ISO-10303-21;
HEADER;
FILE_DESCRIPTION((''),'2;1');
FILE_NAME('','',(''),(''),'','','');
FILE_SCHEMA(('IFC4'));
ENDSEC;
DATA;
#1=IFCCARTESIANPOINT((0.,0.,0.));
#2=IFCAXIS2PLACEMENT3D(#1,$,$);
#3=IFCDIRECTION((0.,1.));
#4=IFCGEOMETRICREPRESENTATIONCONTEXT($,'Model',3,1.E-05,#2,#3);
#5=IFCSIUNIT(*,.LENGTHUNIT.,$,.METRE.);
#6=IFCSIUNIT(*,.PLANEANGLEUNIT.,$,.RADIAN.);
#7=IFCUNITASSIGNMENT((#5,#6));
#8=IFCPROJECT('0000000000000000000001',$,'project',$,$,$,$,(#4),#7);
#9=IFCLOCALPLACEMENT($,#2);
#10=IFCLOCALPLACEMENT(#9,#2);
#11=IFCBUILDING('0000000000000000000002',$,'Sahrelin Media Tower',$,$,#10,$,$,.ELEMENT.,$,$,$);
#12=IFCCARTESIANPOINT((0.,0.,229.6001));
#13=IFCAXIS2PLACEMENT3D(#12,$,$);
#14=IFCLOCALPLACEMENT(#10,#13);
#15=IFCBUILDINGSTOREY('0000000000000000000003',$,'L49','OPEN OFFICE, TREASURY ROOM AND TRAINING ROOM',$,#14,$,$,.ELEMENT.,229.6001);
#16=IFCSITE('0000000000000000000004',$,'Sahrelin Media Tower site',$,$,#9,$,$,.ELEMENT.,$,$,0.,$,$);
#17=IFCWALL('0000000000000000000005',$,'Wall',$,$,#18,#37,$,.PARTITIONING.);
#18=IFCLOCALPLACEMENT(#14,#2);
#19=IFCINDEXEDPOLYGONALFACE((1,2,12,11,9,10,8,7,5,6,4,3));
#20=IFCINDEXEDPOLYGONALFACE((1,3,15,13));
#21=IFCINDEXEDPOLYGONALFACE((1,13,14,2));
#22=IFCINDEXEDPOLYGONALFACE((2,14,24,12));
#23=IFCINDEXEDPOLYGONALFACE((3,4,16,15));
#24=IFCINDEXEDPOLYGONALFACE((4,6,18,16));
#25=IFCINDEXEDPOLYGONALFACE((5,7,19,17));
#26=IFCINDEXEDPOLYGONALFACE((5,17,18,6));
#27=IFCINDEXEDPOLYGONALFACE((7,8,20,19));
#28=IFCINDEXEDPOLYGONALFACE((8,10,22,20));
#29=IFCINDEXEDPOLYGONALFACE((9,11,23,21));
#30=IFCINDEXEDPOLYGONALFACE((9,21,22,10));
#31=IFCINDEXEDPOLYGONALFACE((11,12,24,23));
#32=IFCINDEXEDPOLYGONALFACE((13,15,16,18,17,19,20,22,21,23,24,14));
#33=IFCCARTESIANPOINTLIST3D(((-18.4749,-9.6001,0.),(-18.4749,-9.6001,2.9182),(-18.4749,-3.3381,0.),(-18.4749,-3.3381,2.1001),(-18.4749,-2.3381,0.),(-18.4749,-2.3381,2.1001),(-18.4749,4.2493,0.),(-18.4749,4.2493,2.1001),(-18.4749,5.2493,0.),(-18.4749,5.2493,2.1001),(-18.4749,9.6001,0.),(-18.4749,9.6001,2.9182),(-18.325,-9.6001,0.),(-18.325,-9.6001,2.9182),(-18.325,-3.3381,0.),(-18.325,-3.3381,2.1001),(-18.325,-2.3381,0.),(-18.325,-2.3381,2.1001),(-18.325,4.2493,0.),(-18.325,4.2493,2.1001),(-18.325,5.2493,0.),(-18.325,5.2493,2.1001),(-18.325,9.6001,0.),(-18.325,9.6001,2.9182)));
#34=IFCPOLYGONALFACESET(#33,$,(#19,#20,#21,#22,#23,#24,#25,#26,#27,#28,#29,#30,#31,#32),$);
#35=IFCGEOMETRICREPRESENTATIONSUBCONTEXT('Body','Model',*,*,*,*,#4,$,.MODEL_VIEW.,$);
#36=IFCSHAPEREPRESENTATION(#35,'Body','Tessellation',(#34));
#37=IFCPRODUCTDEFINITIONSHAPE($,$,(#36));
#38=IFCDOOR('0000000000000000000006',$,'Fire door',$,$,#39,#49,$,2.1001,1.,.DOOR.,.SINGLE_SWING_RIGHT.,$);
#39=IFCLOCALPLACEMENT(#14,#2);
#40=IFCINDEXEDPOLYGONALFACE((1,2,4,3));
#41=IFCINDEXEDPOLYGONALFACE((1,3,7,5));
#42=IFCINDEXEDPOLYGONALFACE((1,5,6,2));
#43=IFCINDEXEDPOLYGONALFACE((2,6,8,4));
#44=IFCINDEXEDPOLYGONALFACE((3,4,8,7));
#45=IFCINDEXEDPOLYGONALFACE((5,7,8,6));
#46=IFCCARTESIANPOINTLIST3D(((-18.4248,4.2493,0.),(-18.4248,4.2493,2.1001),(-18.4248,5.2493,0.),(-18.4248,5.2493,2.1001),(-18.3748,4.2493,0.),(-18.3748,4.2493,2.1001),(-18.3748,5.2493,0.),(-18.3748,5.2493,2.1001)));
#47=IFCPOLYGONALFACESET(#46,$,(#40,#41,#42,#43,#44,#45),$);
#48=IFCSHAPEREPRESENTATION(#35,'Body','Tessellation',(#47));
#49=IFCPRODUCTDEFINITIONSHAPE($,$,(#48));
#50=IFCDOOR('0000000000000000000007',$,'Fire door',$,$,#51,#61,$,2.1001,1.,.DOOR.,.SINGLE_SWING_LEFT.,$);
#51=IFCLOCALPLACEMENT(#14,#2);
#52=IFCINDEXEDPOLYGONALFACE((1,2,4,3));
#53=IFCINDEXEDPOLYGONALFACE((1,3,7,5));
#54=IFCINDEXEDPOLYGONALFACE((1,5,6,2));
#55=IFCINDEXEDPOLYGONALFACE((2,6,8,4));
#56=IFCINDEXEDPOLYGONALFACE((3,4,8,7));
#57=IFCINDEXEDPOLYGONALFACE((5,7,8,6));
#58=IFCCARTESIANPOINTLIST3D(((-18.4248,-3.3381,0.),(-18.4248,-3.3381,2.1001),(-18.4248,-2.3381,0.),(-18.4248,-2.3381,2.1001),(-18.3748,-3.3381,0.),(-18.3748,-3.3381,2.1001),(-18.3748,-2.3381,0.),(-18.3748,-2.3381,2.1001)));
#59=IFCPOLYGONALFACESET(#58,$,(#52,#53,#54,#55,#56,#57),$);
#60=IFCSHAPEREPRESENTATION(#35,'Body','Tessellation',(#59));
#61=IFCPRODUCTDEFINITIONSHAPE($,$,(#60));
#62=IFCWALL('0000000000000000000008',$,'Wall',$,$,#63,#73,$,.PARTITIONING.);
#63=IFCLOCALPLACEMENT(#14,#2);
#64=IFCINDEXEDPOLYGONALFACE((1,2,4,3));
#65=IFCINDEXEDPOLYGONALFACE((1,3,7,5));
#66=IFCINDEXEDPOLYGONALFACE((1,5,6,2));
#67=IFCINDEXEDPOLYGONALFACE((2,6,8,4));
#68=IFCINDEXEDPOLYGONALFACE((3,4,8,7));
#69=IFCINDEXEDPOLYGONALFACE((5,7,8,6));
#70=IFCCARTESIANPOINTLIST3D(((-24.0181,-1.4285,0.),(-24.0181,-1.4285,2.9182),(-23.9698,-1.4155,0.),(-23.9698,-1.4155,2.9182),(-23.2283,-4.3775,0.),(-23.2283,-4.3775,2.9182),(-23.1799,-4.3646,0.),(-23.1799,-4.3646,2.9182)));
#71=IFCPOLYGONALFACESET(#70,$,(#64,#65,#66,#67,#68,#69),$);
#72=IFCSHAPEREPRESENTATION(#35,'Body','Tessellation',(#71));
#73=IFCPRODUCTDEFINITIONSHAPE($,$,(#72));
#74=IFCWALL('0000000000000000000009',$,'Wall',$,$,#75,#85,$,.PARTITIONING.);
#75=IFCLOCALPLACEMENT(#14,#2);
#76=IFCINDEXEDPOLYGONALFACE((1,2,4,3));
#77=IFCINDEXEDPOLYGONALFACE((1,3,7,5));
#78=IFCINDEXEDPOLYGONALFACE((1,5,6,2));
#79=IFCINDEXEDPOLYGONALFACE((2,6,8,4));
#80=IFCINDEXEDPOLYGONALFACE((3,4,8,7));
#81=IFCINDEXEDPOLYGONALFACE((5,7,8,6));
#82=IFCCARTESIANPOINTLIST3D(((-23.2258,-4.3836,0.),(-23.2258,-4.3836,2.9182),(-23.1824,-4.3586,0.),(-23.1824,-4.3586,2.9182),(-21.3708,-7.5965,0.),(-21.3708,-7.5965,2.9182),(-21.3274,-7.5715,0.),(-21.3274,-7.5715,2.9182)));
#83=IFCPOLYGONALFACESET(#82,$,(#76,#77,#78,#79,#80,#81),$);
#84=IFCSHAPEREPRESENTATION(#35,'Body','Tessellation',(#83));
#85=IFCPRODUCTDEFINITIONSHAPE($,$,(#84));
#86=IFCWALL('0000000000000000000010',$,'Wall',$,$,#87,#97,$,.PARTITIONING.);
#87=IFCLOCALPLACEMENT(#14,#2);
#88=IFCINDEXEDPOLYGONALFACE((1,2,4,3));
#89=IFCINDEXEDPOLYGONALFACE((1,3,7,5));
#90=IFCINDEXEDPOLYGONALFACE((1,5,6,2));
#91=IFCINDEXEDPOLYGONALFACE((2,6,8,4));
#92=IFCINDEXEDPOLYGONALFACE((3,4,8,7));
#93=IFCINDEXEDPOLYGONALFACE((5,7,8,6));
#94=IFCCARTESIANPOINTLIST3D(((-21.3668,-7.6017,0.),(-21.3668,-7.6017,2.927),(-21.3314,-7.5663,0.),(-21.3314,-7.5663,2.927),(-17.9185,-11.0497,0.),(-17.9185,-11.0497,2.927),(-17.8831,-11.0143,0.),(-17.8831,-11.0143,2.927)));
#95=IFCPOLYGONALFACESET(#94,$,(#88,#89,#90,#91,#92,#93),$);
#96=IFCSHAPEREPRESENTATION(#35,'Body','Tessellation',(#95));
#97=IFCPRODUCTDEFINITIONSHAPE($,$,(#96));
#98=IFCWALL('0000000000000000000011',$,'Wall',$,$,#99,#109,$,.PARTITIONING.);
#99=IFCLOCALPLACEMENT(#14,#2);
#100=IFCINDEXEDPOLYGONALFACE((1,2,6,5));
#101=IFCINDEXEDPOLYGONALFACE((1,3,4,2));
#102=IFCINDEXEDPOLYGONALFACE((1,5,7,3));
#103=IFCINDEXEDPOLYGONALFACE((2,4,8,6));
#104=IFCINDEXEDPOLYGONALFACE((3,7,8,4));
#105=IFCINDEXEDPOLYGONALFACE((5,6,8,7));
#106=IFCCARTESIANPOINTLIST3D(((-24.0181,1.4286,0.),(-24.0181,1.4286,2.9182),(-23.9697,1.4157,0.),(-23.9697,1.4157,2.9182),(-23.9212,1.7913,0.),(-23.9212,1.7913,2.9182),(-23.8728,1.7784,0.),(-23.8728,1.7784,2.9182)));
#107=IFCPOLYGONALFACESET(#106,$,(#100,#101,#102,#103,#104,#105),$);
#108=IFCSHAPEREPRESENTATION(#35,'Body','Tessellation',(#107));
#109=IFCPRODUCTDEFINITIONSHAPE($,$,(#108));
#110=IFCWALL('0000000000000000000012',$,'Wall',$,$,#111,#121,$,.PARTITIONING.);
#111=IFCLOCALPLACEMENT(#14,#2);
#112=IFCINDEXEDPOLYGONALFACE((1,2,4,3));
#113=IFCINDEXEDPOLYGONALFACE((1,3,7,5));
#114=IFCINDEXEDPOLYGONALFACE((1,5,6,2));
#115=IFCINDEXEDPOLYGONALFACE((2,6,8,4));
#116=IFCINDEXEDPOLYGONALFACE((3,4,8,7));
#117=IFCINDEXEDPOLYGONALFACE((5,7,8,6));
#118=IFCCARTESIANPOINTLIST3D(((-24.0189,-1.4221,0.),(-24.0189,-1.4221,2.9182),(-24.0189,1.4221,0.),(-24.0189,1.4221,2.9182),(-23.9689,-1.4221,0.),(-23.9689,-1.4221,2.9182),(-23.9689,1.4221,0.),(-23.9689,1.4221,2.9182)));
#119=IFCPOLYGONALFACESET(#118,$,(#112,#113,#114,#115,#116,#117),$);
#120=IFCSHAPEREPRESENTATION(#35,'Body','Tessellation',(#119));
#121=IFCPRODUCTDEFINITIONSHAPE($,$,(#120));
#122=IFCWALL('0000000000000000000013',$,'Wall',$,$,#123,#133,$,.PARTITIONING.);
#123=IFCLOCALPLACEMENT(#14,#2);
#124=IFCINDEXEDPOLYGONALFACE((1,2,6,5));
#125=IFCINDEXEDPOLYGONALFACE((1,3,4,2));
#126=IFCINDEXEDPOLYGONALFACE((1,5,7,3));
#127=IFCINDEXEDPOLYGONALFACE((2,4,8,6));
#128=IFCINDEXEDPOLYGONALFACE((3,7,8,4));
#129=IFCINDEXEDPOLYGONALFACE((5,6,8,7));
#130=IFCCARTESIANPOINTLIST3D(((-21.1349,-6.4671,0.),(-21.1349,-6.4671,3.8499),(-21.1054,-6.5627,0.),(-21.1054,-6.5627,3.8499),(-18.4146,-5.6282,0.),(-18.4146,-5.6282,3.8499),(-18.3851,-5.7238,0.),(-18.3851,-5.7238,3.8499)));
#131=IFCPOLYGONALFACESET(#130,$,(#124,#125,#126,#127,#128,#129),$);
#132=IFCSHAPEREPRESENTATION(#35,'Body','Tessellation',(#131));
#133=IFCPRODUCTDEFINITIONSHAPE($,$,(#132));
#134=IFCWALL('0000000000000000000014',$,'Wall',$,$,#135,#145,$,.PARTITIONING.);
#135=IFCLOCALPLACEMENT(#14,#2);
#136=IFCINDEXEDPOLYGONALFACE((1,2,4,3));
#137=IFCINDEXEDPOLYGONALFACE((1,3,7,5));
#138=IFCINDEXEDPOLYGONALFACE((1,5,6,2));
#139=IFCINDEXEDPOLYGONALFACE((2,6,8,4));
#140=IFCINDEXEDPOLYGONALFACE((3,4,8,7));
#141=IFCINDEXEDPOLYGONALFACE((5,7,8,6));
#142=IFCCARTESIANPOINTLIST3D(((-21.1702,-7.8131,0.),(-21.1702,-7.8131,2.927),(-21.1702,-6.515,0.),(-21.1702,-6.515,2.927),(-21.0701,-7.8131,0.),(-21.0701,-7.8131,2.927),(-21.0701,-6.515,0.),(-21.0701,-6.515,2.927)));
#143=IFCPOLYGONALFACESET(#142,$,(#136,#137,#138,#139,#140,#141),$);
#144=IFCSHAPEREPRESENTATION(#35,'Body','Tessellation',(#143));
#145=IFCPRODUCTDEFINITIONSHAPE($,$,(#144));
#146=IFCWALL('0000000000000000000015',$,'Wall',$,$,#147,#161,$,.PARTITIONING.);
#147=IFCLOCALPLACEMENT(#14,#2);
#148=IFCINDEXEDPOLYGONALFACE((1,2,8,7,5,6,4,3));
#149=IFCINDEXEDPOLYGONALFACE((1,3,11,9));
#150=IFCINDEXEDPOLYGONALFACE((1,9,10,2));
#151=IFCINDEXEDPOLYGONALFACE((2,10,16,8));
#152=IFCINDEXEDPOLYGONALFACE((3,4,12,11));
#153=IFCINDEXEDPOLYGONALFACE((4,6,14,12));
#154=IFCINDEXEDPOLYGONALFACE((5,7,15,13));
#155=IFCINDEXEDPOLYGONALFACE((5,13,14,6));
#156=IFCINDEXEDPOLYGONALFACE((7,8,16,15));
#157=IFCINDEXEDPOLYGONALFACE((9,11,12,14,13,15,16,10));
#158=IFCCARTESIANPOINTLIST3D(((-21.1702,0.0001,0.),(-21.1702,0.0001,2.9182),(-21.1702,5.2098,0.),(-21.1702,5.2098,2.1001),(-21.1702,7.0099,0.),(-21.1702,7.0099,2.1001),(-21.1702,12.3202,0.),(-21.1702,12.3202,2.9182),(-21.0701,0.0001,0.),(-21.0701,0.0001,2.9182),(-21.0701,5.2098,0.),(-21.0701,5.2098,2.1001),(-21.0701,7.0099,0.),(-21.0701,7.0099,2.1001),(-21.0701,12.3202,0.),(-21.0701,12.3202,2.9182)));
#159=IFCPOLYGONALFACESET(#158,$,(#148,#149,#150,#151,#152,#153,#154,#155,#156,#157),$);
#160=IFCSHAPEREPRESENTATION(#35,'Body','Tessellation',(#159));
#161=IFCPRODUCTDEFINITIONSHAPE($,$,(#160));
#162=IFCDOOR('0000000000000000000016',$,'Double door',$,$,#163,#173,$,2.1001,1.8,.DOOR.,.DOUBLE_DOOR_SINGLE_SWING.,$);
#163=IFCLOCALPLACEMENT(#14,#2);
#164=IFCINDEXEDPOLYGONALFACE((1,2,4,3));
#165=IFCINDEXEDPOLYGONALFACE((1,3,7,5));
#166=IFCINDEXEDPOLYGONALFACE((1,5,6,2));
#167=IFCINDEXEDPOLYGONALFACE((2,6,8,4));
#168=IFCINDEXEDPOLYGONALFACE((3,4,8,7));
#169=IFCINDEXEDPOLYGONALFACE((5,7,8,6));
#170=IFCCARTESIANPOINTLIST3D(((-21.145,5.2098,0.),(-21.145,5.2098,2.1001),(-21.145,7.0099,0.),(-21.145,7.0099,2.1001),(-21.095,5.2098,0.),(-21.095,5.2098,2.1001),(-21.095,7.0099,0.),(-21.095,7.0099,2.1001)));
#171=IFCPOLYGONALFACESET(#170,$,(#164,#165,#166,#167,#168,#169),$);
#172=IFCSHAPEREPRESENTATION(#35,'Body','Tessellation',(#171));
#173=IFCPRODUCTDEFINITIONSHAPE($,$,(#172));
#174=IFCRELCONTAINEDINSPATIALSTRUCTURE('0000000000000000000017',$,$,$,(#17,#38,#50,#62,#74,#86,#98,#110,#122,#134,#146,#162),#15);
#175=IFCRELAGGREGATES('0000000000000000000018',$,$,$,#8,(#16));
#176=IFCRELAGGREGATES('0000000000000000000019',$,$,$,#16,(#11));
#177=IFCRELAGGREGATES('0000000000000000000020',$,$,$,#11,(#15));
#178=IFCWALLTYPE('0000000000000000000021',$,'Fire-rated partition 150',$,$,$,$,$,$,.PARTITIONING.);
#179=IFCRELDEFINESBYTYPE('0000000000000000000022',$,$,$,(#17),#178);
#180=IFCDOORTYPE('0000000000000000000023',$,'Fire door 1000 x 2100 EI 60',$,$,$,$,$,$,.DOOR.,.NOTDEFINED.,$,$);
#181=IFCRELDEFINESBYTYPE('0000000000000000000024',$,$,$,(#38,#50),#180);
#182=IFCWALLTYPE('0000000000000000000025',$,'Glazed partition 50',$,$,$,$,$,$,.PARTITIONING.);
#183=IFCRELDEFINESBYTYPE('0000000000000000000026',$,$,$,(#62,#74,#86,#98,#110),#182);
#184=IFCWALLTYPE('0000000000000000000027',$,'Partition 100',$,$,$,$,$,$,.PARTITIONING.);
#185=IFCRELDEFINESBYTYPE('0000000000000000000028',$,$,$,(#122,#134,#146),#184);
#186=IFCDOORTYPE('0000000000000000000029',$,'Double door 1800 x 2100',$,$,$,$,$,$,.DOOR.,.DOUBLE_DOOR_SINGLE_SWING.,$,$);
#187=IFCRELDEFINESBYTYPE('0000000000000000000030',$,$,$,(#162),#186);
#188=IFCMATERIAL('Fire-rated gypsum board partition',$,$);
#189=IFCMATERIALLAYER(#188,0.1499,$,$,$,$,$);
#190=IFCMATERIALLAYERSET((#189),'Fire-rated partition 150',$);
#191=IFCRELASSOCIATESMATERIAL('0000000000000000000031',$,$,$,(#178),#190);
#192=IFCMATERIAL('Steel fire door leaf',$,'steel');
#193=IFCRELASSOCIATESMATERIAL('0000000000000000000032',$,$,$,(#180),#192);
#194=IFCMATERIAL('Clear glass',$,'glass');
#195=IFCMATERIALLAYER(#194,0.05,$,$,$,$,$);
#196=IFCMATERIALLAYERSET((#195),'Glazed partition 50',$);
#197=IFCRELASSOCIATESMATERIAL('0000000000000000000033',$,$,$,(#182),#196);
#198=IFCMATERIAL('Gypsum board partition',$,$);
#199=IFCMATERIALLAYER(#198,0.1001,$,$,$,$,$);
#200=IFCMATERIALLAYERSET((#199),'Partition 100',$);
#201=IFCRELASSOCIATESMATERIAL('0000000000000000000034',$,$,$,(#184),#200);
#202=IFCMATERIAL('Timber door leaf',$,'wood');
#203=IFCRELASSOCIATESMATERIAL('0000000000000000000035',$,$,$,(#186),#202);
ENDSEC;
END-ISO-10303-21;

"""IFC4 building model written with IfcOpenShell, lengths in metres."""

from ifc_helpers import new_model, si_unit, direction, frame, frame_2d, origin, place, context, subcontext, project, spatial, rectangle, extrude, material, layer, layer_set, type_object, element, fill, save


model = new_model("IFC4")

# Units and contexts
model_context = context("Model", 3, precision=1e-05, world=origin(), true_north=direction((0.0, 1.0)))
body_context = subcontext(model_context, "Body", "Model", "MODEL_VIEW")
ifc_project = project(units=[si_unit("LENGTHUNIT", "METRE"), si_unit("PLANEANGLEUNIT", "RADIAN")], contexts=[model_context])

# Site, building, storey
site_placement = place(None, origin())
site = spatial("IfcSite", under=ifc_project, at=site_placement, Name="Sahrelin Media Tower site", CompositionType="ELEMENT", RefElevation=0.0)
building_placement = place(site_placement, origin())
building = spatial("IfcBuilding", under=site, at=building_placement, Name="Sahrelin Media Tower", CompositionType="ELEMENT")
storey_placement = place(building_placement, frame((0.0, 0.0, 229.6001)))
storey = spatial("IfcBuildingStorey", under=building, at=storey_placement, Name="L49", Description="OPEN OFFICE, TREASURY ROOM AND TRAINING ROOM", CompositionType="ELEMENT", Elevation=229.6001)

# Shared definitions
ifc_material_1 = material(Name="Fire-rated gypsum board partition")
ifc_layer_1 = layer(ifc_material_1, 0.1499)
ifc_layer_set_1 = layer_set([ifc_layer_1], Name="Fire-rated partition 150")
wall_type_1 = type_object("IfcWallType", Name="Fire-rated partition 150", PredefinedType="PARTITIONING", material=ifc_layer_set_1)

# Wall, openings, doors
wall_1_placement = place(storey_placement, frame((-18.3999, -9.6001, 0.0), z_axis=(0.0, 0.0, 1.0), x_axis=(0.0, 1.0, 0.0)))
wall_1 = element("IfcWall", 1, at=wall_1_placement, inside=storey, type_object=wall_type_1, Name="Wall", PredefinedType="PARTITIONING", context=body_context, shape_type="SweptSolid", body=[
    extrude(rectangle(XDim=19.2002, YDim=0.1499, at=frame_2d((9.6001, 0.0))), origin(), (0.0, 0.0, 1.0), 2.9182),
])
opening_1_placement = place(wall_1_placement, frame((13.8494, 0.0, 0.0)))
opening_1 = element("IfcOpeningElement", 2, at=opening_1_placement, cuts=wall_1, PredefinedType="OPENING", context=body_context, shape_type="SweptSolid", body=[
    extrude(rectangle(XDim=1.0, YDim=2.1001, at=frame_2d((0.5, 1.05))), frame((0.0, 0.075, 0.0), z_axis=(0.0, -1.0, 0.0), x_axis=(1.0, 0.0, 0.0)), (0.0, 0.0, 1.0), 0.1499),
])
opening_2_placement = place(wall_1_placement, frame((6.262, 0.0, 0.0)))
opening_2 = element("IfcOpeningElement", 3, at=opening_2_placement, cuts=wall_1, PredefinedType="OPENING", context=body_context, shape_type="SweptSolid", body=[
    extrude(rectangle(XDim=1.0, YDim=2.1001, at=frame_2d((0.5, 1.05))), frame((0.0, 0.075, 0.0), z_axis=(0.0, -1.0, 0.0), x_axis=(1.0, 0.0, 0.0)), (0.0, 0.0, 1.0), 0.1499),
])
ifc_material_2 = material(Name="Steel fire door leaf", Category="steel")
door_type_1 = type_object("IfcDoorType", Name="Fire door 1000 x 2100 EI 60", OperationType="NOTDEFINED", PredefinedType="DOOR", material=ifc_material_2)
door_1_placement = place(opening_1_placement, origin())
door_1 = element("IfcDoor", 4, at=door_1_placement, inside=storey, type_object=door_type_1, Name="Fire door", OperationType="SINGLE_SWING_RIGHT", OverallHeight=2.1001, OverallWidth=1.0, PredefinedType="DOOR", context=body_context, shape_type="SweptSolid", body=[
    extrude(rectangle(XDim=1.0, YDim=2.1001, at=frame_2d((0.5, 1.05))), frame((0.0, 0.0249, 0.0), z_axis=(0.0, -1.0, 0.0), x_axis=(1.0, 0.0, 0.0)), (0.0, 0.0, 1.0), 0.05),
])
fill(opening_1, door_1)
door_2_placement = place(opening_2_placement, origin())
door_2 = element("IfcDoor", 5, at=door_2_placement, inside=storey, type_object=door_type_1, Name="Fire door", OperationType="SINGLE_SWING_LEFT", OverallHeight=2.1001, OverallWidth=1.0, PredefinedType="DOOR", context=body_context, shape_type="SweptSolid", body=[
    extrude(rectangle(XDim=1.0, YDim=2.1001, at=frame_2d((0.5, 1.05))), frame((0.0, 0.0249, 0.0), z_axis=(0.0, -1.0, 0.0), x_axis=(1.0, 0.0, 0.0)), (0.0, 0.0, 1.0), 0.05),
])
fill(opening_2, door_2)

# Walls
ifc_material_3 = material(Name="Clear glass", Category="glass")
ifc_layer_2 = layer(ifc_material_3, 0.05)
ifc_layer_set_2 = layer_set([ifc_layer_2], Name="Glazed partition 50")
wall_type_2 = type_object("IfcWallType", Name="Glazed partition 50", PredefinedType="PARTITIONING", material=ifc_layer_set_2)
wall_2_placement = place(storey_placement, frame((-23.9939, -1.4221, 0.0), z_axis=(0.0, 0.0, 1.0), x_axis=(0.258703, -0.965957, 0.0)))
element("IfcWall", 6, at=wall_2_placement, inside=storey, type_object=wall_type_2, Name="Wall", PredefinedType="PARTITIONING", context=body_context, shape_type="SweptSolid", body=[
    extrude(rectangle(XDim=3.053, YDim=0.05, at=frame_2d((1.5264, 0.0))), origin(), (0.0, 0.0, 1.0), 2.9182),
])
wall_3_placement = place(storey_placement, frame((-23.2041, -4.3711, 0.0), z_axis=(0.0, 0.0, 1.0), x_axis=(0.500003, -0.866023, 0.0)))
element("IfcWall", 7, at=wall_3_placement, inside=storey, type_object=wall_type_2, Name="Wall", PredefinedType="PARTITIONING", context=body_context, shape_type="SweptSolid", body=[
    extrude(rectangle(XDim=3.71, YDim=0.05, at=frame_2d((1.855, 0.0))), origin(), (0.0, 0.0, 1.0), 2.9182),
])
wall_4_placement = place(storey_placement, frame((-21.3491, -7.584, 0.0), z_axis=(0.0, 0.0, 1.0), x_axis=(0.707132, -0.707082, 0.0)))
element("IfcWall", 8, at=wall_4_placement, inside=storey, type_object=wall_type_2, Name="Wall", PredefinedType="PARTITIONING", context=body_context, shape_type="SweptSolid", body=[
    extrude(rectangle(XDim=4.8765, YDim=0.05, at=frame_2d((2.4382, 0.0))), origin(), (0.0, 0.0, 1.0), 2.927),
])
wall_5_placement = place(storey_placement, frame((-23.9939, 1.4221, 0.0), z_axis=(0.0, 0.0, 1.0), x_axis=(0.258108, 0.966116, 0.0)))
element("IfcWall", 9, at=wall_5_placement, inside=storey, type_object=wall_type_2, Name="Wall", PredefinedType="PARTITIONING", context=body_context, shape_type="SweptSolid", body=[
    extrude(rectangle(XDim=0.3755, YDim=0.05, at=frame_2d((0.1877, 0.0))), origin(), (0.0, 0.0, 1.0), 2.9182),
])
wall_6_placement = place(storey_placement, frame((-23.9939, -1.4221, 0.0), z_axis=(0.0, 0.0, 1.0), x_axis=(0.0, 1.0, 0.0)))
element("IfcWall", 10, at=wall_6_placement, inside=storey, type_object=wall_type_2, Name="Wall", PredefinedType="PARTITIONING", context=body_context, shape_type="SweptSolid", body=[
    extrude(rectangle(XDim=2.8442, YDim=0.05, at=frame_2d((1.4221, 0.0))), origin(), (0.0, 0.0, 1.0), 2.9182),
])
ifc_material_4 = material(Name="Gypsum board partition")
ifc_layer_3 = layer(ifc_material_4, 0.1001)
ifc_layer_set_3 = layer_set([ifc_layer_3], Name="Partition 100")
wall_type_3 = type_object("IfcWallType", Name="Partition 100", PredefinedType="PARTITIONING", material=ifc_layer_set_3)
wall_7_placement = place(storey_placement, frame((-21.1201, -6.5149, 0.0), z_axis=(0.0, 0.0, 1.0), x_axis=(0.955593, 0.294688, 0.0)))
element("IfcWall", 11, at=wall_7_placement, inside=storey, type_object=wall_type_3, Name="Wall", PredefinedType="PARTITIONING", context=body_context, shape_type="SweptSolid", body=[
    extrude(rectangle(XDim=2.8467, YDim=0.1001, at=frame_2d((1.4233, 0.0))), origin(), (0.0, 0.0, 1.0), 3.8499),
])
wall_8_placement = place(storey_placement, frame((-21.1201, -7.813, 0.0), z_axis=(0.0, 0.0, 1.0), x_axis=(0.0, 1.0, 0.0)))
element("IfcWall", 12, at=wall_8_placement, inside=storey, type_object=wall_type_3, Name="Wall", PredefinedType="PARTITIONING", context=body_context, shape_type="SweptSolid", body=[
    extrude(rectangle(XDim=1.2981, YDim=0.1001, at=frame_2d((0.6489, 0.0))), origin(), (0.0, 0.0, 1.0), 2.927),
])

# Wall, opening, door
wall_9_placement = place(storey_placement, frame((-21.1201, 0.0, 0.0), z_axis=(0.0, 0.0, 1.0), x_axis=(0.0, 1.0, 0.0)))
wall_9 = element("IfcWall", 13, at=wall_9_placement, inside=storey, type_object=wall_type_3, Name="Wall", PredefinedType="PARTITIONING", context=body_context, shape_type="SweptSolid", body=[
    extrude(rectangle(XDim=12.3201, YDim=0.1001, at=frame_2d((6.1602, 0.0))), origin(), (0.0, 0.0, 1.0), 2.9182),
])
opening_3_placement = place(wall_9_placement, frame((5.21, 0.0, 0.0)))
opening_3 = element("IfcOpeningElement", 14, at=opening_3_placement, cuts=wall_9, PredefinedType="OPENING", context=body_context, shape_type="SweptSolid", body=[
    extrude(rectangle(XDim=1.8, YDim=2.1001, at=frame_2d((0.8999, 1.05))), frame((0.0, 0.05, 0.0), z_axis=(0.0, -1.0, 0.0), x_axis=(1.0, 0.0, 0.0)), (0.0, 0.0, 1.0), 0.1001),
])
ifc_material_5 = material(Name="Timber door leaf", Category="wood")
door_type_2 = type_object("IfcDoorType", Name="Double door 1800 x 2100", OperationType="DOUBLE_DOOR_SINGLE_SWING", PredefinedType="DOOR", material=ifc_material_5)
door_3_placement = place(opening_3_placement, origin())
door_3 = element("IfcDoor", 15, at=door_3_placement, inside=storey, type_object=door_type_2, Name="Double door", OperationType="DOUBLE_DOOR_SINGLE_SWING", OverallHeight=2.1001, OverallWidth=1.8, PredefinedType="DOOR", context=body_context, shape_type="SweptSolid", body=[
    extrude(rectangle(XDim=1.8, YDim=2.1001, at=frame_2d((0.8999, 1.05))), frame((0.0, 0.0249, 0.0), z_axis=(0.0, -1.0, 0.0), x_axis=(1.0, 0.0, 0.0)), (0.0, 0.0, 1.0), 0.05),
])
fill(opening_3, door_3)

save(model, "model.ifc")
